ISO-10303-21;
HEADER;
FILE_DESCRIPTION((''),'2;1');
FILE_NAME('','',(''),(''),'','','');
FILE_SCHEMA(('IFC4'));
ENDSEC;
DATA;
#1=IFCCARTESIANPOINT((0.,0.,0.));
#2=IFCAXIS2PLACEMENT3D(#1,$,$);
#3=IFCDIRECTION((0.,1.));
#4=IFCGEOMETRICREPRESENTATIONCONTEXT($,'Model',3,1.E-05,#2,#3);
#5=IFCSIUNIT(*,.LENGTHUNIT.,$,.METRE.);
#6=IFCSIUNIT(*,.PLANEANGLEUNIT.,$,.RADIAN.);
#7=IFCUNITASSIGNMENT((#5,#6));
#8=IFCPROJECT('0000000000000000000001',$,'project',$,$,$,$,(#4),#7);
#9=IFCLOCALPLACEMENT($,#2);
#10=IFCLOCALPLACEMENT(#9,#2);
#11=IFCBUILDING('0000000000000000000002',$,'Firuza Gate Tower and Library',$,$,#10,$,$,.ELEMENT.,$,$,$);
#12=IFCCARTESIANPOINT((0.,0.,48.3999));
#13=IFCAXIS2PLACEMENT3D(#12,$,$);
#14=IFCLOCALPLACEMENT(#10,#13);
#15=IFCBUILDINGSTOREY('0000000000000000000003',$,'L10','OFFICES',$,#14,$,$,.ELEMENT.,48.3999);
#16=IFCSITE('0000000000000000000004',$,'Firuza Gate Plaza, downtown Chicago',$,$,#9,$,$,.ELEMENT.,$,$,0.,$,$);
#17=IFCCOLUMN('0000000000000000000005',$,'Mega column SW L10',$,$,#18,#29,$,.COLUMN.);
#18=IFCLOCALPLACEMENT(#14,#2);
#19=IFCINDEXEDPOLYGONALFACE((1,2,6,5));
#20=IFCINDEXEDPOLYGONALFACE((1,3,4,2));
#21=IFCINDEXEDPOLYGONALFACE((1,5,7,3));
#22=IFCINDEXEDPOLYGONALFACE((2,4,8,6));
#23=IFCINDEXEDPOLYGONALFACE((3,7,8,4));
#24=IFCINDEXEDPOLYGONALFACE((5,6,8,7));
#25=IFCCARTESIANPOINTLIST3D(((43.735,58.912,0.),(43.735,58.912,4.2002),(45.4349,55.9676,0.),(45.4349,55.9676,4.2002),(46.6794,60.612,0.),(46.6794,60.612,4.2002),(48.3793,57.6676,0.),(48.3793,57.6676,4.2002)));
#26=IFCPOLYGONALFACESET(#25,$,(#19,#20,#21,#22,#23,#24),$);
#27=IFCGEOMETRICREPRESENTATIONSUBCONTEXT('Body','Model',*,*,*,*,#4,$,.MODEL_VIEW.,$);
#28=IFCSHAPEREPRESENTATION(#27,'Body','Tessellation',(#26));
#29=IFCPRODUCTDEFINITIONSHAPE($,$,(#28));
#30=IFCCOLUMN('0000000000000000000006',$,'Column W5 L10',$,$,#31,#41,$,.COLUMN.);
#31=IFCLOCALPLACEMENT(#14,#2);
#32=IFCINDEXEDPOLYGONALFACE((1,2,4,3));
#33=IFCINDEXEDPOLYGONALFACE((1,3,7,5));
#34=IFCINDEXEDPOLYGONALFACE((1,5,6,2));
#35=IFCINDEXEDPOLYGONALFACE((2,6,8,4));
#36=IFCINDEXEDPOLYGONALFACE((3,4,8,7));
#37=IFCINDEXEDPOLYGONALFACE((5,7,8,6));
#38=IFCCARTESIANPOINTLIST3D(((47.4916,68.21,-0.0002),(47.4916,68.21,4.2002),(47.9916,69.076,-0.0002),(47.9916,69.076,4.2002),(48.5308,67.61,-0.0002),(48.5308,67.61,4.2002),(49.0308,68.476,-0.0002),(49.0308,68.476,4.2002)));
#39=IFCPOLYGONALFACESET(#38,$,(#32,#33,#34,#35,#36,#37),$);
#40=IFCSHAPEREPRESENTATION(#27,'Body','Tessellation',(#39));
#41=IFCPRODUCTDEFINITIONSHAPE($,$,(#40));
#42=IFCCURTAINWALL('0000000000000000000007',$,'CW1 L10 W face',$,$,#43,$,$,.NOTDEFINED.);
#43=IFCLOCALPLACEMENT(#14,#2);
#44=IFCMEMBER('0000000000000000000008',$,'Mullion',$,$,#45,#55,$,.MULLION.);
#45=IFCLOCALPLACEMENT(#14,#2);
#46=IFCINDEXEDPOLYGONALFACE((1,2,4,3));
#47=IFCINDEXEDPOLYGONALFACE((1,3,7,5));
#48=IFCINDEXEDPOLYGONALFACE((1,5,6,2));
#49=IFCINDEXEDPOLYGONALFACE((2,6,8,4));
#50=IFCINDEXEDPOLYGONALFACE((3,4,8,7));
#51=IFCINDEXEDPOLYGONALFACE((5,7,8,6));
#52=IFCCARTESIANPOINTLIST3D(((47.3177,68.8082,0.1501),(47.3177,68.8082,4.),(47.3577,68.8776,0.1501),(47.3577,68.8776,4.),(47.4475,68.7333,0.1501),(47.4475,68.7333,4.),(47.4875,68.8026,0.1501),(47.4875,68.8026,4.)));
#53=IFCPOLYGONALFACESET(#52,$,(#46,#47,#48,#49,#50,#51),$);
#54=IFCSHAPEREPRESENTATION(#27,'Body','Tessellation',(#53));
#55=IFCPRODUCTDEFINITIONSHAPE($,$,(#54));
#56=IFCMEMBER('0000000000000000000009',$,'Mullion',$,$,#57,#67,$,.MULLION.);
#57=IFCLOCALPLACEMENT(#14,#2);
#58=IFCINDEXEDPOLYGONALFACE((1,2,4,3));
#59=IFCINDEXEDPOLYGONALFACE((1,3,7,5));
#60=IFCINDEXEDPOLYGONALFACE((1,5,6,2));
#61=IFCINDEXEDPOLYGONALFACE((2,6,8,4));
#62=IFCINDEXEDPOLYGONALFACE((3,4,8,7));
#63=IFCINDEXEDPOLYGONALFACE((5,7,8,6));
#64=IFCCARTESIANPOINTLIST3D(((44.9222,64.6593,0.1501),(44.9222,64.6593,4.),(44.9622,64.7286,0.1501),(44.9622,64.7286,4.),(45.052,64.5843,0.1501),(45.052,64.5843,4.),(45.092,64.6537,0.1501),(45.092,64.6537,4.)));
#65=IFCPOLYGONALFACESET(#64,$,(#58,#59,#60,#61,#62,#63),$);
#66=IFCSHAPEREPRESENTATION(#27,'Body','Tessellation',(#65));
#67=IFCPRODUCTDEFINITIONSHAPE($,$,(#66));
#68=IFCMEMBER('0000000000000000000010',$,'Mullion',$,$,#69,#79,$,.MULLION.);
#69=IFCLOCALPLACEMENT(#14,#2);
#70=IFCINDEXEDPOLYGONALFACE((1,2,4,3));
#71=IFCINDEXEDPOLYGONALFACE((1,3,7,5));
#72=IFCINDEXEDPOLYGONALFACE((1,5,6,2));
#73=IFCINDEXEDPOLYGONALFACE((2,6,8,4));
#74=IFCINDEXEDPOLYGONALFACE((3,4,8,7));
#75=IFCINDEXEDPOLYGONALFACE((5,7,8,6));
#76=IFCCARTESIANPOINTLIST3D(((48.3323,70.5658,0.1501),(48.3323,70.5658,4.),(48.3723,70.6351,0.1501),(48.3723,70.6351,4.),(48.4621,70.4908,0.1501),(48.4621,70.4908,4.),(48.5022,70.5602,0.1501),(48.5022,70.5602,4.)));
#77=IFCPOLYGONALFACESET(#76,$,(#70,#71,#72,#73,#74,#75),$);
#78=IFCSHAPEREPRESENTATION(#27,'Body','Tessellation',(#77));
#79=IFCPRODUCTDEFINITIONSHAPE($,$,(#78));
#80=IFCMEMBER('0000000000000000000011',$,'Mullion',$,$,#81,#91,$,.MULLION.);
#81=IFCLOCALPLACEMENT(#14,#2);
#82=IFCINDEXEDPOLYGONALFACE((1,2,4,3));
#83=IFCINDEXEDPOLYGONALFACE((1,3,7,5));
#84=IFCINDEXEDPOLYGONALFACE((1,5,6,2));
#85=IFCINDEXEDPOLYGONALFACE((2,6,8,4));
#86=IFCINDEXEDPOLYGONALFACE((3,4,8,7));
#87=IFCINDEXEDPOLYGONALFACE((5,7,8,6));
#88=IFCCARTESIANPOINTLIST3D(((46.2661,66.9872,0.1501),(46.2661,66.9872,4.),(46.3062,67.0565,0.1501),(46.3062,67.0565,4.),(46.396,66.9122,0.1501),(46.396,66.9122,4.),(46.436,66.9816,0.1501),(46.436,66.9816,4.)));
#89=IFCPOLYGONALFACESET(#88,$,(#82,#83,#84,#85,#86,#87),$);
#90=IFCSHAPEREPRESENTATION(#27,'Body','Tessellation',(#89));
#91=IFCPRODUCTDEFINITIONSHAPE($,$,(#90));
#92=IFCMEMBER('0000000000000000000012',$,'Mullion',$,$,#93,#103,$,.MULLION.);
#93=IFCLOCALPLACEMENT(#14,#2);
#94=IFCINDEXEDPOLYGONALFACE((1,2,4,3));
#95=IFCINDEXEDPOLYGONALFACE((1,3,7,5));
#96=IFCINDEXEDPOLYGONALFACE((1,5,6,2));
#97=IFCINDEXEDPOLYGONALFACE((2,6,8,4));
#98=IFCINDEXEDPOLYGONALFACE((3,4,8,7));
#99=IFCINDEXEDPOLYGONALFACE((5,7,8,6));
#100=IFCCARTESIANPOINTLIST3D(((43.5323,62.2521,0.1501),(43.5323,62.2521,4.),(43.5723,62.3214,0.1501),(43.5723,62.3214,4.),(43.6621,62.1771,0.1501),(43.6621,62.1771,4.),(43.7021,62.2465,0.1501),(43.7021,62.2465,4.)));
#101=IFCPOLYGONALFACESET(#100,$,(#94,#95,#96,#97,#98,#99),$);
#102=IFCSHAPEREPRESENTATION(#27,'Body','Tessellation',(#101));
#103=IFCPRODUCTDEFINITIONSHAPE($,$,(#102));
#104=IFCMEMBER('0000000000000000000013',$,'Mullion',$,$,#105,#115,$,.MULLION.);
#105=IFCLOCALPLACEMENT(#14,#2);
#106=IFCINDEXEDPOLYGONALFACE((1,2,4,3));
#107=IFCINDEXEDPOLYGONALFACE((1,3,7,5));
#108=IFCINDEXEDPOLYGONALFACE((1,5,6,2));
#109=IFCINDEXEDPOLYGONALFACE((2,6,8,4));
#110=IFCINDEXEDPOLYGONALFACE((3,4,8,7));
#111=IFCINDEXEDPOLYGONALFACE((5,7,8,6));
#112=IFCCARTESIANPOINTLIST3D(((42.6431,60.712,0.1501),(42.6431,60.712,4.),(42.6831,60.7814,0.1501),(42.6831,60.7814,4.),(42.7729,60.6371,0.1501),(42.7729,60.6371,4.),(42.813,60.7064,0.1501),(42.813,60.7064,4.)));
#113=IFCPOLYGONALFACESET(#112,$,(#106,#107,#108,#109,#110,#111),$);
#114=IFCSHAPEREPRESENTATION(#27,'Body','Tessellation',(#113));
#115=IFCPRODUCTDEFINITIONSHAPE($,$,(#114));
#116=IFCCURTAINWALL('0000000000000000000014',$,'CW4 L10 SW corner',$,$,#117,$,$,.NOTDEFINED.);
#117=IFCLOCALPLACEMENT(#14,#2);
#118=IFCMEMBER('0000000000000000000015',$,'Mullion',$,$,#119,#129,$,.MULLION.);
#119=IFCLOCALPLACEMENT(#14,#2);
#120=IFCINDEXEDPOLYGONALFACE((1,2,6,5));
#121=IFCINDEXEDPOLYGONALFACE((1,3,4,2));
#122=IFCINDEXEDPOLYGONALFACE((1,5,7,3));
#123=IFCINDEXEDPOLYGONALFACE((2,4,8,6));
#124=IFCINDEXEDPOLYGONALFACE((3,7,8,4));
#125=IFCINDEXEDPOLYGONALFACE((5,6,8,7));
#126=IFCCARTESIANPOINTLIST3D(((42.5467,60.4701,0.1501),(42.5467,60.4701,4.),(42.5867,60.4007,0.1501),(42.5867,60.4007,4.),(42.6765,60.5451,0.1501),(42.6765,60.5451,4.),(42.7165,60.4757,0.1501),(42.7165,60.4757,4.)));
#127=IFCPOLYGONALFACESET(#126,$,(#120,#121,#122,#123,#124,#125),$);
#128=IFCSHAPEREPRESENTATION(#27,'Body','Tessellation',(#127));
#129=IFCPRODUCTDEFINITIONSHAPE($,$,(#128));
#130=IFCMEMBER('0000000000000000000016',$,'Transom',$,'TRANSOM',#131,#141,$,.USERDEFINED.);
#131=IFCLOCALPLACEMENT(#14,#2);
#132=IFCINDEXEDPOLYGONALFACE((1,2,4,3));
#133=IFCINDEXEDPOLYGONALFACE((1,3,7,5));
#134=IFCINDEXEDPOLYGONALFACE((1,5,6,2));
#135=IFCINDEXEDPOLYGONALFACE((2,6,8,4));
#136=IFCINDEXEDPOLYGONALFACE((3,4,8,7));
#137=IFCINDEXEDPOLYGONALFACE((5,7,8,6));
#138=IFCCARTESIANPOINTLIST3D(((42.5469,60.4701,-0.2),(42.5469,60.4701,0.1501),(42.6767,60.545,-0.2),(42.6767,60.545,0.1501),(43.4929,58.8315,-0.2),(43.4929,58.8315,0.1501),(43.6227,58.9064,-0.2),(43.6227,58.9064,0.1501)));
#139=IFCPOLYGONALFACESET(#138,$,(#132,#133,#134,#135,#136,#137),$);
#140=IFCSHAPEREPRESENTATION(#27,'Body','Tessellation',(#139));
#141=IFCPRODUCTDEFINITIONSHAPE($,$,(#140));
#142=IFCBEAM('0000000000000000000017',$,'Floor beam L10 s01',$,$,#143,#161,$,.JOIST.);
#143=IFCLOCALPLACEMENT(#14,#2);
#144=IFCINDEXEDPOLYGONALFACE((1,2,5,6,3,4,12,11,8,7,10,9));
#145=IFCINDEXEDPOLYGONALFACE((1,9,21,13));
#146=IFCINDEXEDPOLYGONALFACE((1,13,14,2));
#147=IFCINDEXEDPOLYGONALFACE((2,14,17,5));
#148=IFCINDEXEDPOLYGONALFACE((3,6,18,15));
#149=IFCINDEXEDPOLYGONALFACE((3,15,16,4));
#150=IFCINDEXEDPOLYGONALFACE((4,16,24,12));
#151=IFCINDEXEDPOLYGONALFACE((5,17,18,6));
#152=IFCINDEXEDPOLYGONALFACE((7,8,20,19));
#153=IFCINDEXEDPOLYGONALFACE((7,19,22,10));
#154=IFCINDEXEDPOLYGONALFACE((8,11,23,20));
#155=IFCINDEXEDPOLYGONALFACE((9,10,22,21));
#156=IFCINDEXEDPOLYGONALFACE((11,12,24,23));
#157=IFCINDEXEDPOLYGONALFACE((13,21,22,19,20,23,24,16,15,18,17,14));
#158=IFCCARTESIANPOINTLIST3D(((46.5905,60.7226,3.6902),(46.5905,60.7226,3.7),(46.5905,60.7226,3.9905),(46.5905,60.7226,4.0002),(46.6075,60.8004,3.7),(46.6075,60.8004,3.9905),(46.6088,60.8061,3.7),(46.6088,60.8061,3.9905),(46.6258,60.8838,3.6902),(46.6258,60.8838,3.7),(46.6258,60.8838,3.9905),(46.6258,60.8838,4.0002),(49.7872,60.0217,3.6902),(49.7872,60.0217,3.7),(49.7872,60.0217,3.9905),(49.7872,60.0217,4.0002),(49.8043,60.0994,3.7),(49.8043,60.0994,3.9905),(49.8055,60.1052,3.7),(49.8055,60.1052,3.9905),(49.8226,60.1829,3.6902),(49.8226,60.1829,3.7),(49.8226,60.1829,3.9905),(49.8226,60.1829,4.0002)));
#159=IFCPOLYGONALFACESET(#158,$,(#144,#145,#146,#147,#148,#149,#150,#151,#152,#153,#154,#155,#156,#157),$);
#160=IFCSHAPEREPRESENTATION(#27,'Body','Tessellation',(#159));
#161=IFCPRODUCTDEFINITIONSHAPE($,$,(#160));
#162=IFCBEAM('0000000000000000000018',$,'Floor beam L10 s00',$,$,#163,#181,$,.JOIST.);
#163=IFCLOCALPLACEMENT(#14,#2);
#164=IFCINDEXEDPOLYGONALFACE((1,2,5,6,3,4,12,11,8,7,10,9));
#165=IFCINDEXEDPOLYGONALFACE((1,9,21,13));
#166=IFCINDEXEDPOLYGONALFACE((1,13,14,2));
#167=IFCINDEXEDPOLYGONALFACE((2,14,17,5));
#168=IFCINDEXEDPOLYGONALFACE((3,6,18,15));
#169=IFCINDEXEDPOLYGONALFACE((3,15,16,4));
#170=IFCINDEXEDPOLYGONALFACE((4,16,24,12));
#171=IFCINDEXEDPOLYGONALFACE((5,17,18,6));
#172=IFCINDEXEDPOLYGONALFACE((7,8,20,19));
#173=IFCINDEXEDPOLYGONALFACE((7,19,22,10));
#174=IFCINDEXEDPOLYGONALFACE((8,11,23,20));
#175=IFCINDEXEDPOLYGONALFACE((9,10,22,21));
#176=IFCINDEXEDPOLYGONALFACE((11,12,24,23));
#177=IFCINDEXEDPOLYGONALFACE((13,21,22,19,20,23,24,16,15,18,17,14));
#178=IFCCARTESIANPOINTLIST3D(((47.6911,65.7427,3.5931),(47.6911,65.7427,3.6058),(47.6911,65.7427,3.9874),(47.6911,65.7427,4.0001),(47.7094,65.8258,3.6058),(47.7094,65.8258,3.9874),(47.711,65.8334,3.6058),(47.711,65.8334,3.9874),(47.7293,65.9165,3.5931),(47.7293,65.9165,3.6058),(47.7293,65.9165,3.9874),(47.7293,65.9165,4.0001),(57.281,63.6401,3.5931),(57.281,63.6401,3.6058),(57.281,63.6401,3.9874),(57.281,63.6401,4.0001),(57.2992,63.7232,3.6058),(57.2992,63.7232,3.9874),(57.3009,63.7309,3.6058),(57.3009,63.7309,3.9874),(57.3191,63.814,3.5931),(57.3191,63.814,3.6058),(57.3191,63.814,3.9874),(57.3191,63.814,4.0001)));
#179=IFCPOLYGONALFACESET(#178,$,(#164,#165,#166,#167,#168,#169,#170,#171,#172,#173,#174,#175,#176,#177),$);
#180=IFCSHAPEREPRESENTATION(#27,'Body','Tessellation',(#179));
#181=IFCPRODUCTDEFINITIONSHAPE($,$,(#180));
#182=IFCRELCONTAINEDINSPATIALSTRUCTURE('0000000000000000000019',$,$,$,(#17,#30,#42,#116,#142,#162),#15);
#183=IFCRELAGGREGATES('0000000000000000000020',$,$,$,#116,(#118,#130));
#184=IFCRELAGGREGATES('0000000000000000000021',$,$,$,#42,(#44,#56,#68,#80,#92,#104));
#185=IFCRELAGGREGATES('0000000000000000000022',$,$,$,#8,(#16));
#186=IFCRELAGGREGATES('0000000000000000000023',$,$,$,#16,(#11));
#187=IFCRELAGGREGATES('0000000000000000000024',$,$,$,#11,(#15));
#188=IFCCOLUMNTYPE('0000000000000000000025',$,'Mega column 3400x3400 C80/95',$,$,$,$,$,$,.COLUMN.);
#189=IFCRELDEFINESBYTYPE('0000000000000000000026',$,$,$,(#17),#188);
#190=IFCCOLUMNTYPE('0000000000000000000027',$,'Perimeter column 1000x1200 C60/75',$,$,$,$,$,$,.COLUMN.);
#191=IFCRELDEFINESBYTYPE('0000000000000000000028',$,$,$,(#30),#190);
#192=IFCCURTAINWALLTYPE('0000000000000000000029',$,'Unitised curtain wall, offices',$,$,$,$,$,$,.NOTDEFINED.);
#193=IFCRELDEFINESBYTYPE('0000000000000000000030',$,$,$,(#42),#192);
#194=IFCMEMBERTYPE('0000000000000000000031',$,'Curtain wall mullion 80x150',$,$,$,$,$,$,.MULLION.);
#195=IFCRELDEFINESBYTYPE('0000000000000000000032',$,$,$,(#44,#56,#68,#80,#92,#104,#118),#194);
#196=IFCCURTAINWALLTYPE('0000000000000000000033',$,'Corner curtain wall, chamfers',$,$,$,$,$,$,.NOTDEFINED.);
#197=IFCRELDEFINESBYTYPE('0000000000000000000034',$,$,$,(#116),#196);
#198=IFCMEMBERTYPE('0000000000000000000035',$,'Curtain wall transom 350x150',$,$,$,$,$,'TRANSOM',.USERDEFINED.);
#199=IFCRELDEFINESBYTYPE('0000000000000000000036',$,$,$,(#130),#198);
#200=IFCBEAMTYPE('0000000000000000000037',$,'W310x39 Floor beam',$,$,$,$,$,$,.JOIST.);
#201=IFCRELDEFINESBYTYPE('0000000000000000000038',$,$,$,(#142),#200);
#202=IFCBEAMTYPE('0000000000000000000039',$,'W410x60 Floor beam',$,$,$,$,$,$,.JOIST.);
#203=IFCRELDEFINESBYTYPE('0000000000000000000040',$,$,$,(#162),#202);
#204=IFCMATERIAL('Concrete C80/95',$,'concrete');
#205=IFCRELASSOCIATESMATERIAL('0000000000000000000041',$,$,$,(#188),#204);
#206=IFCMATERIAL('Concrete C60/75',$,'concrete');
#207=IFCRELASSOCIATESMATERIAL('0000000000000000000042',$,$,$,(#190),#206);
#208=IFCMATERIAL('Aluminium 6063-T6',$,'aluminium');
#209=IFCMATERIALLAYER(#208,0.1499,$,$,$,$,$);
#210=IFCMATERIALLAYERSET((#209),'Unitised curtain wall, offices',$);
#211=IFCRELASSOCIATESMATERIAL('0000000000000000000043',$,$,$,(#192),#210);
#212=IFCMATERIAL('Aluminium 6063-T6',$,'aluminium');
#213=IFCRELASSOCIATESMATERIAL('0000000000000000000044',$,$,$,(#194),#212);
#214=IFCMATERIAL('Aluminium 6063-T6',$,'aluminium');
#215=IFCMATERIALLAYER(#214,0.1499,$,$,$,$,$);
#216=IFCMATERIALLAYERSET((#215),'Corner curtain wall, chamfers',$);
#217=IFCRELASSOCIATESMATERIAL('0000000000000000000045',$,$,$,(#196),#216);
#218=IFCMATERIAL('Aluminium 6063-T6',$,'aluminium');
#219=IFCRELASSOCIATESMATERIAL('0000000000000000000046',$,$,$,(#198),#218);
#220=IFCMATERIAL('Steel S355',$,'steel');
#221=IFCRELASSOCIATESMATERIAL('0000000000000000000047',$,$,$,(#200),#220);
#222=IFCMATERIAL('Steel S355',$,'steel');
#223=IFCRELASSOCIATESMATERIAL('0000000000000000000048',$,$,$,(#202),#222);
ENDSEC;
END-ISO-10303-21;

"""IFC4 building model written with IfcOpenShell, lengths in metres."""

from ifc_helpers import new_model, si_unit, direction, frame, origin, origin_2d, place, context, subcontext, project, spatial, rectangle, i_section, extrude, material, layer, layer_set, material_profile, profile_set, type_object, element, aggregate, save


model = new_model("IFC4")

# Units and contexts
model_context = context("Model", 3, precision=1e-05, world=origin(), true_north=direction((0.0, 1.0)))
body_context = subcontext(model_context, "Body", "Model", "MODEL_VIEW")
ifc_project = project(units=[si_unit("LENGTHUNIT", "METRE"), si_unit("PLANEANGLEUNIT", "RADIAN")], contexts=[model_context])

# Site, building, storey
site_placement = place(None, origin())
site = spatial("IfcSite", under=ifc_project, at=site_placement, Name="Firuza Gate Plaza, downtown Chicago", CompositionType="ELEMENT", RefElevation=0.0)
building_placement = place(site_placement, origin())
building = spatial("IfcBuilding", under=site, at=building_placement, Name="Firuza Gate Tower and Library", CompositionType="ELEMENT")
storey_placement = place(building_placement, frame((0.0, 0.0, 48.3999)))
storey = spatial("IfcBuildingStorey", under=building, at=storey_placement, Name="L10", Description="OFFICES", CompositionType="ELEMENT", Elevation=48.3999)

# Columns
ifc_material_1 = material(Name="Concrete C80/95", Category="concrete")
ifc_material_profile_1 = material_profile(ifc_material_1, rectangle(XDim=3.3999, YDim=3.3999, at=origin_2d()))
ifc_profile_set_1 = profile_set([ifc_material_profile_1], Name="Concrete C80/95")
column_type_1 = type_object("IfcColumnType", Name="Mega column 3400x3400 C80/95", PredefinedType="COLUMN", material=ifc_profile_set_1)
column_1_placement = place(storey_placement, frame((46.0571, 58.2898, 0.0), z_axis=(0.0, 0.0, 1.0), x_axis=(0.5, -0.866025, 0.0)))
element("IfcColumn", 1, at=column_1_placement, inside=storey, type_object=column_type_1, Name="Mega column SW L10", PredefinedType="COLUMN", context=body_context, shape_type="SweptSolid", body=[
    extrude(rectangle(XDim=3.3999, YDim=3.3999, at=origin_2d()), origin(), (0.0, 0.0, 1.0), 4.2002),
])
ifc_material_2 = material(Name="Concrete C60/75", Category="concrete")
ifc_material_profile_2 = material_profile(ifc_material_2, rectangle(XDim=1.0, YDim=1.2, at=origin_2d()))
ifc_profile_set_2 = profile_set([ifc_material_profile_2], Name="Concrete C60/75")
column_type_2 = type_object("IfcColumnType", Name="Perimeter column 1000x1200 C60/75", PredefinedType="COLUMN", material=ifc_profile_set_2)
column_2_placement = place(storey_placement, frame((48.2612, 68.343, -0.0002), z_axis=(0.0, 0.0, 1.0), x_axis=(-0.5, -0.866025, 0.0)))
element("IfcColumn", 2, at=column_2_placement, inside=storey, type_object=column_type_2, Name="Column W5 L10", PredefinedType="COLUMN", context=body_context, shape_type="SweptSolid", body=[
    extrude(rectangle(XDim=1.0, YDim=1.2, at=origin_2d()), origin(), (0.0, 0.0, 1.0), 4.2004),
])

# Curtain walls, members
ifc_material_3 = material(Name="Aluminium 6063-T6", Category="aluminium")
ifc_layer_1 = layer(ifc_material_3, 0.1499)
ifc_layer_set_1 = layer_set([ifc_layer_1], Name="Unitised curtain wall, offices")
curtain_wall_type_1 = type_object("IfcCurtainWallType", Name="Unitised curtain wall, offices", PredefinedType="NOTDEFINED", material=ifc_layer_set_1)
placement = place(storey_placement, origin())
curtain_wall_1 = element("IfcCurtainWall", 3, at=placement, inside=storey, type_object=curtain_wall_type_1, Name="CW1 L10 W face", PredefinedType="NOTDEFINED")
ifc_material_4 = material(Name="Aluminium 6063-T6", Category="aluminium")
ifc_material_profile_3 = material_profile(ifc_material_4, rectangle(XDim=0.1499, YDim=0.0801, at=origin_2d()))
ifc_profile_set_3 = profile_set([ifc_material_profile_3], Name="Aluminium 6063-T6")
member_type_1 = type_object("IfcMemberType", Name="Curtain wall mullion 80x150", PredefinedType="MULLION", material=ifc_profile_set_3)
member_1_placement = place(storey_placement, frame((47.4026, 68.8054, 0.1501), z_axis=(0.0, 0.0, 1.0), x_axis=(0.866025, -0.5, 0.0)))
member_1 = element("IfcMember", 4, at=member_1_placement, type_object=member_type_1, Name="Mullion", PredefinedType="MULLION", context=body_context, shape_type="SweptSolid", body=[
    extrude(rectangle(XDim=0.1499, YDim=0.0801, at=origin_2d()), origin(), (0.0, 0.0, 1.0), 3.8499),
])
member_2_placement = place(storey_placement, frame((45.0071, 64.6565, 0.1501), z_axis=(0.0, 0.0, 1.0), x_axis=(0.866025, -0.5, 0.0)))
member_2 = element("IfcMember", 5, at=member_2_placement, type_object=member_type_1, Name="Mullion", PredefinedType="MULLION", context=body_context, shape_type="SweptSolid", body=[
    extrude(rectangle(XDim=0.1499, YDim=0.0801, at=origin_2d()), origin(), (0.0, 0.0, 1.0), 3.8499),
])
member_3_placement = place(storey_placement, frame((48.4172, 70.563, 0.1501), z_axis=(0.0, 0.0, 1.0), x_axis=(0.866025, -0.5, 0.0)))
member_3 = element("IfcMember", 6, at=member_3_placement, type_object=member_type_1, Name="Mullion", PredefinedType="MULLION", context=body_context, shape_type="SweptSolid", body=[
    extrude(rectangle(XDim=0.1499, YDim=0.0801, at=origin_2d()), origin(), (0.0, 0.0, 1.0), 3.8499),
])
member_4_placement = place(storey_placement, frame((46.3511, 66.9844, 0.1501), z_axis=(0.0, 0.0, 1.0), x_axis=(0.866025, -0.5, 0.0)))
member_4 = element("IfcMember", 7, at=member_4_placement, type_object=member_type_1, Name="Mullion", PredefinedType="MULLION", context=body_context, shape_type="SweptSolid", body=[
    extrude(rectangle(XDim=0.1499, YDim=0.0801, at=origin_2d()), origin(), (0.0, 0.0, 1.0), 3.8499),
])
member_5_placement = place(storey_placement, frame((43.6172, 62.2493, 0.1501), z_axis=(0.0, 0.0, 1.0), x_axis=(0.866025, -0.5, 0.0)))
member_5 = element("IfcMember", 8, at=member_5_placement, type_object=member_type_1, Name="Mullion", PredefinedType="MULLION", context=body_context, shape_type="SweptSolid", body=[
    extrude(rectangle(XDim=0.1499, YDim=0.0801, at=origin_2d()), origin(), (0.0, 0.0, 1.0), 3.8499),
])
member_6_placement = place(storey_placement, frame((42.728, 60.7092, 0.1501), z_axis=(0.0, 0.0, 1.0), x_axis=(0.866025, -0.5, 0.0)))
member_6 = element("IfcMember", 9, at=member_6_placement, type_object=member_type_1, Name="Mullion", PredefinedType="MULLION", context=body_context, shape_type="SweptSolid", body=[
    extrude(rectangle(XDim=0.1499, YDim=0.0801, at=origin_2d()), origin(), (0.0, 0.0, 1.0), 3.8499),
])
ifc_material_5 = material(Name="Aluminium 6063-T6", Category="aluminium")
ifc_layer_2 = layer(ifc_material_5, 0.1499)
ifc_layer_set_2 = layer_set([ifc_layer_2], Name="Corner curtain wall, chamfers")
curtain_wall_type_2 = type_object("IfcCurtainWallType", Name="Corner curtain wall, chamfers", PredefinedType="NOTDEFINED", material=ifc_layer_set_2)
curtain_wall_2 = element("IfcCurtainWall", 10, at=placement, inside=storey, type_object=curtain_wall_type_2, Name="CW4 L10 SW corner", PredefinedType="NOTDEFINED")
member_7_placement = place(storey_placement, frame((42.6316, 60.4729, 0.1501), z_axis=(0.0, 0.0, 1.0), x_axis=(0.866025, 0.5, 0.0)))
member_7 = element("IfcMember", 11, at=member_7_placement, type_object=member_type_1, Name="Mullion", PredefinedType="MULLION", context=body_context, shape_type="SweptSolid", body=[
    extrude(rectangle(XDim=0.1499, YDim=0.0801, at=origin_2d()), origin(), (0.0, 0.0, 1.0), 3.8499),
])
ifc_material_6 = material(Name="Aluminium 6063-T6", Category="aluminium")
ifc_material_profile_4 = material_profile(ifc_material_6, rectangle(XDim=0.1499, YDim=0.3501, at=origin_2d()))
ifc_profile_set_4 = profile_set([ifc_material_profile_4], Name="Aluminium 6063-T6")
member_type_2 = type_object("IfcMemberType", Name="Curtain wall transom 350x150", ElementType="TRANSOM", PredefinedType="USERDEFINED", material=ifc_profile_set_4)
member_8_placement = place(storey_placement, frame((42.6118, 60.5076, -0.0249), z_axis=(0.499983, -0.866035, 0.0), x_axis=(0.866035, 0.499983, 0.0)))
member_8 = element("IfcMember", 12, at=member_8_placement, type_object=member_type_2, Name="Transom", ObjectType="TRANSOM", PredefinedType="USERDEFINED", context=body_context, shape_type="SweptSolid", body=[
    extrude(rectangle(XDim=0.1499, YDim=0.3501, at=origin_2d()), origin(), (0.0, 0.0, 1.0), 1.8921),
])

# Beams
ifc_material_7 = material(Name="Steel S355", Category="steel")
ifc_material_profile_5 = material_profile(ifc_material_7, i_section(OverallWidth=0.165, OverallDepth=0.3101, WebThickness=0.0059, FlangeThickness=0.0098, at=origin_2d()))
ifc_profile_set_5 = profile_set([ifc_material_profile_5], Name="Steel S355")
beam_type_1 = type_object("IfcBeamType", Name="W310x39 Floor beam", PredefinedType="JOIST", material=ifc_profile_set_5)
beam_1_placement = place(storey_placement, frame((46.6082, 60.8032, 3.8452), z_axis=(0.976796, -0.214173, 0.0), x_axis=(0.214173, 0.976796, 0.0)))
element("IfcBeam", 13, at=beam_1_placement, inside=storey, type_object=beam_type_1, Name="Floor beam L10 s01", PredefinedType="JOIST", context=body_context, shape_type="SweptSolid", body=[
    extrude(i_section(OverallWidth=0.165, OverallDepth=0.3101, WebThickness=0.0059, FlangeThickness=0.0098, at=origin_2d()), origin(), (0.0, 0.0, 1.0), 3.2727),
])
ifc_material_8 = material(Name="Steel S355", Category="steel")
ifc_material_profile_6 = material_profile(ifc_material_8, i_section(OverallWidth=0.178, OverallDepth=0.407, WebThickness=0.0078, FlangeThickness=0.0127, at=origin_2d()))
ifc_profile_set_6 = profile_set([ifc_material_profile_6], Name="Steel S355")
beam_type_2 = type_object("IfcBeamType", Name="W410x60 Floor beam", PredefinedType="JOIST", material=ifc_profile_set_6)
beam_2_placement = place(storey_placement, frame((47.7102, 65.8296, 3.7966), z_axis=(0.976799, -0.21416, 0.0), x_axis=(0.21416, 0.976799, 0.0)))
element("IfcBeam", 14, at=beam_2_placement, inside=storey, type_object=beam_type_2, Name="Floor beam L10 s00", PredefinedType="JOIST", context=body_context, shape_type="SweptSolid", body=[
    extrude(i_section(OverallWidth=0.178, OverallDepth=0.407, WebThickness=0.0078, FlangeThickness=0.0127, at=origin_2d()), origin(), (0.0, 0.0, 1.0), 9.8176),
])

aggregate(curtain_wall_2, [member_7, member_8])
aggregate(curtain_wall_1, [member_1, member_2, member_3, member_4, member_5, member_6])

save(model, "model.ifc")
